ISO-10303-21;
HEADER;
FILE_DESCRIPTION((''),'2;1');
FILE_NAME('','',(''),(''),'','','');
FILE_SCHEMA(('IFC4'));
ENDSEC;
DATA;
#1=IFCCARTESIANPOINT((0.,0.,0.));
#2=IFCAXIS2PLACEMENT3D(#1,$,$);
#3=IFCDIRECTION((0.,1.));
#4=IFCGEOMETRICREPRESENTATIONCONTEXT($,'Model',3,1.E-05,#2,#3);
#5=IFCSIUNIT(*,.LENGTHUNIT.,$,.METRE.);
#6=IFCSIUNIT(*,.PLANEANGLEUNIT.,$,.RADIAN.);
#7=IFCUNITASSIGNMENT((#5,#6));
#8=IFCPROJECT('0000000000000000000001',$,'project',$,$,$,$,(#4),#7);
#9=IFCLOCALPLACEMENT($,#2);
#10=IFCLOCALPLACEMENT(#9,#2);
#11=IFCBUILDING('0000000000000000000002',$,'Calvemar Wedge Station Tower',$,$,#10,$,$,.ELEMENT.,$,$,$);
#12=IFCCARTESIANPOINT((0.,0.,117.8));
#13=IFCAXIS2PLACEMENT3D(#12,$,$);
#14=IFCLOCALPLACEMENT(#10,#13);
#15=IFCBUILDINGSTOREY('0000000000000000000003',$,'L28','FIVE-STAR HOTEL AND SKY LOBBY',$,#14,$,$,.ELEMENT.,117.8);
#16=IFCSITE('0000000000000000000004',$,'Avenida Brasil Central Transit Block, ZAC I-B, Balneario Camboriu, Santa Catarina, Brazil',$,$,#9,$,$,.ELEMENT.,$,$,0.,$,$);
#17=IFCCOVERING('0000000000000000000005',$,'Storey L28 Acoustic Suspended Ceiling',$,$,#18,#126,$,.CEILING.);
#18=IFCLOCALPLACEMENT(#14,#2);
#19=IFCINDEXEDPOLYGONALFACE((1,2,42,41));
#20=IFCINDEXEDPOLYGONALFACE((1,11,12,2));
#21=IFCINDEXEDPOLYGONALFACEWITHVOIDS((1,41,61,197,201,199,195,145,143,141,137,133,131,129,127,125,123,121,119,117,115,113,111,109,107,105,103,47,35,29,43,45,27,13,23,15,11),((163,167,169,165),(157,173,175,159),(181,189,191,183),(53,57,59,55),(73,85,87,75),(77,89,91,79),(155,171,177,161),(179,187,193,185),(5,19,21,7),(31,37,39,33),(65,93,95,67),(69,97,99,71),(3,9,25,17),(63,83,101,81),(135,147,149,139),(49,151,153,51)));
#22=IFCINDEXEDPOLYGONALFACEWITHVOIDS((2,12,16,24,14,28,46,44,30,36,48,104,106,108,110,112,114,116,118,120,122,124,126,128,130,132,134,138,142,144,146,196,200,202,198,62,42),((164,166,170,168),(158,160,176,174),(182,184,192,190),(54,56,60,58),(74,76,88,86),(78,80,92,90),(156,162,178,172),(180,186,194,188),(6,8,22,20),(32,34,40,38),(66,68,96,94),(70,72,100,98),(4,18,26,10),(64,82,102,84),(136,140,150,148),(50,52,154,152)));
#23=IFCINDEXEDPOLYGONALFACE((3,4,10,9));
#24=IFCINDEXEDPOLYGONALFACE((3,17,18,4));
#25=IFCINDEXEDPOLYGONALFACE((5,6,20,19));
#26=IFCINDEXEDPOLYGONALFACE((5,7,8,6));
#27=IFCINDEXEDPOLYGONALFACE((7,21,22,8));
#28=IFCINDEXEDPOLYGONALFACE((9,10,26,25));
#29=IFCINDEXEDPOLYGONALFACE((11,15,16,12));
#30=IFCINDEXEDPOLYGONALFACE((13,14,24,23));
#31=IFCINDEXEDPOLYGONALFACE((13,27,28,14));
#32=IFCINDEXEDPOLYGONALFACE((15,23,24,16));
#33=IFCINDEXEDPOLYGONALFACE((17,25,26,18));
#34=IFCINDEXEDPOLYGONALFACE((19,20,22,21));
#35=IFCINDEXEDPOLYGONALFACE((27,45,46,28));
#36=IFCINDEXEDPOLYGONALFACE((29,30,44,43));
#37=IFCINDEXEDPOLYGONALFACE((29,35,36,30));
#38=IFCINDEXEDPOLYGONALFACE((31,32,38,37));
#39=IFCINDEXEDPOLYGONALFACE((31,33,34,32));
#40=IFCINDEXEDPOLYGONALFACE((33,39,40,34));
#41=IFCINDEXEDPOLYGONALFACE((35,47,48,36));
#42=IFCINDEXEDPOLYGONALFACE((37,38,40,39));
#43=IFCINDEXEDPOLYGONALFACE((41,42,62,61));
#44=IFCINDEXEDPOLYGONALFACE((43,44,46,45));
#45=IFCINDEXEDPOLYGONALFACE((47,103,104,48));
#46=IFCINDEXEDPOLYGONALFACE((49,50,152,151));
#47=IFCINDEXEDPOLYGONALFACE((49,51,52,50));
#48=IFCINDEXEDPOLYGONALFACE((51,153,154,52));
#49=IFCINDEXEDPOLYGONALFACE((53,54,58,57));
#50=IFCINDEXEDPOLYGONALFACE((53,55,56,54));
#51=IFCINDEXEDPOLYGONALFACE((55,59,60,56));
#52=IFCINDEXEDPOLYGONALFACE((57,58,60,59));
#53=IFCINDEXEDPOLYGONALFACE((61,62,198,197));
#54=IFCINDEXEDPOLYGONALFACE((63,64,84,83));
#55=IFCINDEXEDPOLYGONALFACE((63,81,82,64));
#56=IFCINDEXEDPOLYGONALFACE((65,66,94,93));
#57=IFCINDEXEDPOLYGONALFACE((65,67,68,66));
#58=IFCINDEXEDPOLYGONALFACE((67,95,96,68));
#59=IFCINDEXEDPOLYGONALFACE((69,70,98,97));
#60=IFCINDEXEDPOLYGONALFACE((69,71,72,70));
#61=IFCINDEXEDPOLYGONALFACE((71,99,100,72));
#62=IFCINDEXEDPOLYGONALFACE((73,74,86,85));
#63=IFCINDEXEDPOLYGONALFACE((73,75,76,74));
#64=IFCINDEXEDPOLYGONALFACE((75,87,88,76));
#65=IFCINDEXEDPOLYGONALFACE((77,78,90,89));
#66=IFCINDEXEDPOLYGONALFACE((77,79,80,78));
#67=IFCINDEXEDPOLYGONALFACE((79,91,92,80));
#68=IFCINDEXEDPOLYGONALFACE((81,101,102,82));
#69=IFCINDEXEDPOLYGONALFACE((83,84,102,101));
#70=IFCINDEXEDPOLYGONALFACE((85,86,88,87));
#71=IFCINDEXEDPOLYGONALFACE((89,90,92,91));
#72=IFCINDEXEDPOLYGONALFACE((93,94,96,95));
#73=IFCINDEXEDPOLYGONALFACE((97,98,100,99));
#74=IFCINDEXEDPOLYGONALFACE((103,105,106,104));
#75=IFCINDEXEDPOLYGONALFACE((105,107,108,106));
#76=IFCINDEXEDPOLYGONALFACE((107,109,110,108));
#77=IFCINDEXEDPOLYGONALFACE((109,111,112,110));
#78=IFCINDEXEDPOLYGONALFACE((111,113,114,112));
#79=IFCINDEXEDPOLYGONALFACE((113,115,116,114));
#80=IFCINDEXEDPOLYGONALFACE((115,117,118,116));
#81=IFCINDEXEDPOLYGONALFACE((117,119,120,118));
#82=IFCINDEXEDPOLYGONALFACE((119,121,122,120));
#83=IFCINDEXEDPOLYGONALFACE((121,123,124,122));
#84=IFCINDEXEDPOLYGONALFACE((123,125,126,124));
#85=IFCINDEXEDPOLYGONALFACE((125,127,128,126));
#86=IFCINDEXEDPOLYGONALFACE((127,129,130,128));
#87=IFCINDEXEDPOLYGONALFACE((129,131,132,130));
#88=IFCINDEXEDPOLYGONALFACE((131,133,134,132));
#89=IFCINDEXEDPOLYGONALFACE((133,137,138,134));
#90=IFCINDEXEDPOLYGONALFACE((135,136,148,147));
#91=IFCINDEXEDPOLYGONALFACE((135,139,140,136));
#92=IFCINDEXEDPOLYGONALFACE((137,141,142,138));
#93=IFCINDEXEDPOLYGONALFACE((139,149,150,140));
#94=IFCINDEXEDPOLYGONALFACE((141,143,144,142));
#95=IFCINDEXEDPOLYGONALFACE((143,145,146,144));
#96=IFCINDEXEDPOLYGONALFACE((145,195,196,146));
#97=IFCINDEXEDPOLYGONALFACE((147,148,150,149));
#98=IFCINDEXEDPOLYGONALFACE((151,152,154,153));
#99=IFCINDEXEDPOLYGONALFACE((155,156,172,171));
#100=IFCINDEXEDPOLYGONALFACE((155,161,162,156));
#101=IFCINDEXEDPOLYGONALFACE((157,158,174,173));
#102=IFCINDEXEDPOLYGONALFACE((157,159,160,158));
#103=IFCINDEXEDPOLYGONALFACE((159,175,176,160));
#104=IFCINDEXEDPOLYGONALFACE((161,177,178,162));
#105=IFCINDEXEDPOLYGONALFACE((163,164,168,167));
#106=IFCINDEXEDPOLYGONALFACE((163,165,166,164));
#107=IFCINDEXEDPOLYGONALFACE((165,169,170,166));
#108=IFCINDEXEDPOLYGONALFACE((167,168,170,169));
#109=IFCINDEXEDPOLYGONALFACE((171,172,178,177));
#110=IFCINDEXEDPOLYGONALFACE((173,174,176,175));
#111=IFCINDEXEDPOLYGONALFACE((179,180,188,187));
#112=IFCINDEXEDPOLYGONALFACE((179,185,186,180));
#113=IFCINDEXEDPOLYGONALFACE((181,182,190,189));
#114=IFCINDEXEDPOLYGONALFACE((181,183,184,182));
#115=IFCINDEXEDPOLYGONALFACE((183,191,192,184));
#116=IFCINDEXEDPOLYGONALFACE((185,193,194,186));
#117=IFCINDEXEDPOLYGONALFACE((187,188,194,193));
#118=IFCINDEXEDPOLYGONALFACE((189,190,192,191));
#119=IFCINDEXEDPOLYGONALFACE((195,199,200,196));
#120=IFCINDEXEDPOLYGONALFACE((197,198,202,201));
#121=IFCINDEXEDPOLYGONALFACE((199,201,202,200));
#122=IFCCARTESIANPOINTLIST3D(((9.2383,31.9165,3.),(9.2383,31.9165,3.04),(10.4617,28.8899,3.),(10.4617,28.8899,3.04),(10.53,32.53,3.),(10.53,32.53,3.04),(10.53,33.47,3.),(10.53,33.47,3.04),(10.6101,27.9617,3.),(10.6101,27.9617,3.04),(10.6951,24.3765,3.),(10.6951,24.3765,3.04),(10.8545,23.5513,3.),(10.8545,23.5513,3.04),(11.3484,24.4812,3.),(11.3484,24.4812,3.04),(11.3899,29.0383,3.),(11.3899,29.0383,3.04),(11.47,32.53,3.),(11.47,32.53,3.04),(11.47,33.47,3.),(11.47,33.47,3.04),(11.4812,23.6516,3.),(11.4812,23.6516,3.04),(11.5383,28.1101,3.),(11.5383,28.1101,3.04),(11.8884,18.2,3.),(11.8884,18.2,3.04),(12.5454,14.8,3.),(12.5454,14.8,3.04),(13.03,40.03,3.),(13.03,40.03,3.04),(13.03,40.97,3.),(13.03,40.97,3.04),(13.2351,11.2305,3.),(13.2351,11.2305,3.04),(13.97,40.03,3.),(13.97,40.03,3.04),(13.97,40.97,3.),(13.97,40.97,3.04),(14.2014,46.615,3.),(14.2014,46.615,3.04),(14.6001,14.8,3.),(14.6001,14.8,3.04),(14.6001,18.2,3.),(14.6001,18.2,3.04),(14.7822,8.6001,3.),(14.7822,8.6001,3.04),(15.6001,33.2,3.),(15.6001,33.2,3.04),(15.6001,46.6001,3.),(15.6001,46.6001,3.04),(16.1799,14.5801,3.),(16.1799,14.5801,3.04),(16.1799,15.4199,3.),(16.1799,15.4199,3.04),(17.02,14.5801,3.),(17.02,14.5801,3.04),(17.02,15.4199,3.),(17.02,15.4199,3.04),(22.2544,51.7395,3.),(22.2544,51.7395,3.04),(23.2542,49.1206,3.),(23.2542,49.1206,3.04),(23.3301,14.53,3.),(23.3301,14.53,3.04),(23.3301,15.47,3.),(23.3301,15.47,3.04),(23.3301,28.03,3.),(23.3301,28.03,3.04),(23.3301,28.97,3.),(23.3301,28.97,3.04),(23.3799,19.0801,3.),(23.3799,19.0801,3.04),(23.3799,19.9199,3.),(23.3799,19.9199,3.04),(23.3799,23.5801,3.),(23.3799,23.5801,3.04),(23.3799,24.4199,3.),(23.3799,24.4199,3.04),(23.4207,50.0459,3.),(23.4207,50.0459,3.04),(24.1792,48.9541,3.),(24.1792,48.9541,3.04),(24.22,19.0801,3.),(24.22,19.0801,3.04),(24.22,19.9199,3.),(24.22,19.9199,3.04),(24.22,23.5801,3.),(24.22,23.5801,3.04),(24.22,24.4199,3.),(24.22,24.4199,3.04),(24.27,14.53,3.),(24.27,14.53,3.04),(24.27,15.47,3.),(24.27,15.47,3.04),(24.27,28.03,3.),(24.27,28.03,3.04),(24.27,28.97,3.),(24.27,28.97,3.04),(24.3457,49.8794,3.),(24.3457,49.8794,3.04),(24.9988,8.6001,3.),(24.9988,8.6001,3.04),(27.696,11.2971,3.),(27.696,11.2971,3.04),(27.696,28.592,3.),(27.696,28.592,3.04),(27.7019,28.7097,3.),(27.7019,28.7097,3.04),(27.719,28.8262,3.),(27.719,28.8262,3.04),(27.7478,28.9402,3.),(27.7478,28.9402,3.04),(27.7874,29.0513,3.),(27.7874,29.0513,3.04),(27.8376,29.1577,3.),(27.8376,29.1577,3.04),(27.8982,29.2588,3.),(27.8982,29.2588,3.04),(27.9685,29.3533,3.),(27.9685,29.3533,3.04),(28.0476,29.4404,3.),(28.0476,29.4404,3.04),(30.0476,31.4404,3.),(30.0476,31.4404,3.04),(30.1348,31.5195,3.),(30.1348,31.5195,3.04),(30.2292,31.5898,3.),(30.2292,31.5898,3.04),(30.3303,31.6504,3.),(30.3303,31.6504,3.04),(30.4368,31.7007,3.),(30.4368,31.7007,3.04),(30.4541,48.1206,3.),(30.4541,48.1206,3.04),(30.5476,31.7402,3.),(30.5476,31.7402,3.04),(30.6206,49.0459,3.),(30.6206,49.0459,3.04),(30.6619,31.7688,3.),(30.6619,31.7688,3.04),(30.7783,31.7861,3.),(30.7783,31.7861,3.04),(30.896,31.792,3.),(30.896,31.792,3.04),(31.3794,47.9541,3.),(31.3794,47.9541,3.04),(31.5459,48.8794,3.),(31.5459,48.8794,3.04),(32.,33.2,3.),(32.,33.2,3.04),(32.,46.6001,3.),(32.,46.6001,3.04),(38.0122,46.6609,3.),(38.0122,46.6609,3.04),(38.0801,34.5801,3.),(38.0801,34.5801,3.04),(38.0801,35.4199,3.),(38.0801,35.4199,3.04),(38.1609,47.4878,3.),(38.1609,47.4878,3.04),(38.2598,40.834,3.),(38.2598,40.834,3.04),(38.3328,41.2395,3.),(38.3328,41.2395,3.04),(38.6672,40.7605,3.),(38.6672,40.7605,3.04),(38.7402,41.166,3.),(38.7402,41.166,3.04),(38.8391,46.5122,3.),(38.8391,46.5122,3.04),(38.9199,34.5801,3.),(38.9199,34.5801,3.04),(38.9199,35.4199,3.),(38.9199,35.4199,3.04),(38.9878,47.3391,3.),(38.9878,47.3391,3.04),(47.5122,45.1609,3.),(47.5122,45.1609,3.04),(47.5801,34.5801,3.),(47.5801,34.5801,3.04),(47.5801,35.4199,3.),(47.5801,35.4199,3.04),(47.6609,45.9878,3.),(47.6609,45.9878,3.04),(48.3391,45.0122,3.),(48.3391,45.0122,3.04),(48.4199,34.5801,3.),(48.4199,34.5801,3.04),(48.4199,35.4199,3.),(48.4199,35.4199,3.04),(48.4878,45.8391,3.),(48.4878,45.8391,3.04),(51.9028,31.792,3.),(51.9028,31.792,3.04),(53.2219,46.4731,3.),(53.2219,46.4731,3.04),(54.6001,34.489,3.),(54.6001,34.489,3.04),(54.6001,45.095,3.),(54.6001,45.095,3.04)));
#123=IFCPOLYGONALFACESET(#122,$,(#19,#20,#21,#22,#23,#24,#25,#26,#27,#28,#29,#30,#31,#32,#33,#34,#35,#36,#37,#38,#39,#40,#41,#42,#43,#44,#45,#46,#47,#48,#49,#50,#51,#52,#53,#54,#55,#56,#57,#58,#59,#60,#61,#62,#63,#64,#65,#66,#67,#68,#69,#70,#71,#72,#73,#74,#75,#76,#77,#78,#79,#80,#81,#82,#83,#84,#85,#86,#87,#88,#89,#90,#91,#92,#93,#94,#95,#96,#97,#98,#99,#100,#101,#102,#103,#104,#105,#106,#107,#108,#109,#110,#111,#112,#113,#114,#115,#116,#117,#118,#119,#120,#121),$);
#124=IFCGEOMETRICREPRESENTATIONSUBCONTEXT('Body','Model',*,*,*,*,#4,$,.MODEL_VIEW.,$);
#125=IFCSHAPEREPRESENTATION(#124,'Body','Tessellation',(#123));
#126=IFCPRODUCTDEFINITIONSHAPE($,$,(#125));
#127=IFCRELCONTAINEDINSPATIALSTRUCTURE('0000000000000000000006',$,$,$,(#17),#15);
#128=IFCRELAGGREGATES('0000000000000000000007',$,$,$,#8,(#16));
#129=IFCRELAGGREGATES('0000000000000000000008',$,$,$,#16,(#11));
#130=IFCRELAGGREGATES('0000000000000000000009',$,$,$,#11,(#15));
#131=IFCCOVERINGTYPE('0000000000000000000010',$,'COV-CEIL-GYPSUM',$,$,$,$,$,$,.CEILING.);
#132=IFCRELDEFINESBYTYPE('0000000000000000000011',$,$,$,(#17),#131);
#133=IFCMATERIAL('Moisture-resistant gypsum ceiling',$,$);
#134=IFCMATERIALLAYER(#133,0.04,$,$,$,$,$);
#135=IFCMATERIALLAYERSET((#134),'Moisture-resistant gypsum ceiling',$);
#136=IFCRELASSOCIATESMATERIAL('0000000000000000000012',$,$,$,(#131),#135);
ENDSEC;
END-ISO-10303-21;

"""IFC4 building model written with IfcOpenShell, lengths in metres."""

from ifc_helpers import new_model, si_unit, direction, frame, origin, place, context, subcontext, project, spatial, polyline, outline, extrude, material, layer, layer_set, type_object, element, save


model = new_model("IFC4")

# Units and contexts
model_context = context("Model", 3, precision=1e-05, world=origin(), true_north=direction((0.0, 1.0)))
body_context = subcontext(model_context, "Body", "Model", "MODEL_VIEW")
ifc_project = project(units=[si_unit("LENGTHUNIT", "METRE"), si_unit("PLANEANGLEUNIT", "RADIAN")], contexts=[model_context])

# Site, building, storey
site_placement = place(None, origin())
site = spatial("IfcSite", under=ifc_project, at=site_placement, Name="Avenida Brasil Central Transit Block, ZAC I-B, Balneario Camboriu, Santa Catarina, Brazil", CompositionType="ELEMENT", RefElevation=0.0)
building_placement = place(site_placement, origin())
building = spatial("IfcBuilding", under=site, at=building_placement, Name="Calvemar Wedge Station Tower", CompositionType="ELEMENT")
storey_placement = place(building_placement, frame((0.0, 0.0, 117.8)))
storey = spatial("IfcBuildingStorey", under=building, at=storey_placement, Name="L28", Description="FIVE-STAR HOTEL AND SKY LOBBY", CompositionType="ELEMENT", Elevation=117.8)

# Covering
ifc_material_1 = material(Name="Moisture-resistant gypsum ceiling")
ifc_layer_1 = layer(ifc_material_1, 0.04)
ifc_layer_set_1 = layer_set([ifc_layer_1], Name="Moisture-resistant gypsum ceiling")
covering_type_1 = type_object("IfcCoveringType", Name="COV-CEIL-GYPSUM", PredefinedType="CEILING", material=ifc_layer_set_1)
covering_1_placement = place(storey_placement, frame((0.0, 0.0, 3.0)))
element("IfcCovering", 1, at=covering_1_placement, inside=storey, type_object=covering_type_1, Name="Storey L28 Acoustic Suspended Ceiling", PredefinedType="CEILING", context=body_context, shape_type="SweptSolid", body=[
    extrude(outline(polyline([(28.0476, 29.4404), (30.0476, 31.4404), (30.1348, 31.5195), (30.2292, 31.5898), (30.3303, 31.6504), (30.4368, 31.7007), (30.5476, 31.7402), (30.6619, 31.7688), (30.7783, 31.7861), (30.896, 31.792), (51.9028, 31.792), (54.6001, 34.489), (54.6001, 45.095), (53.2219, 46.4731), (22.2544, 51.7395), (14.2014, 46.615), (9.2383, 31.9165), (10.6951, 24.3765), (11.3484, 24.4812), (11.4812, 23.6516), (10.8545, 23.5513), (11.8884, 18.2), (14.6001, 18.2), (14.6001, 14.8), (12.5454, 14.8), (13.2351, 11.2305), (14.7822, 8.6001), (24.9988, 8.6001), (27.696, 11.2971), (27.696, 28.592), (27.7019, 28.7097), (27.719, 28.8262), (27.7478, 28.9402), (27.7874, 29.0513), (27.8376, 29.1577), (27.8982, 29.2588), (27.9685, 29.3533), (28.0476, 29.4404)]), holes=[polyline([(15.6001, 46.6001), (32.0, 46.6001), (32.0, 33.2), (15.6001, 33.2), (15.6001, 46.6001)]), polyline([(10.53, 32.53), (10.53, 33.47), (11.47, 33.47), (11.47, 32.53), (10.53, 32.53)]), polyline([(13.03, 40.97), (13.97, 40.97), (13.97, 40.03), (13.03, 40.03), (13.03, 40.97)]), polyline([(24.3457, 49.8794), (24.1792, 48.9541), (23.2542, 49.1206), (23.4207, 50.0459), (24.3457, 49.8794)]), polyline([(31.3794, 47.9541), (30.4541, 48.1206), (30.6206, 49.0459), (31.5459, 48.8794), (31.3794, 47.9541)]), polyline([(38.0122, 46.6609), (38.1609, 47.4878), (38.9878, 47.3391), (38.8391, 46.5122), (38.0122, 46.6609)]), polyline([(47.6609, 45.9878), (48.4878, 45.8391), (48.3391, 45.0122), (47.5122, 45.1609), (47.6609, 45.9878)]), polyline([(38.9199, 35.4199), (38.9199, 34.5801), (38.0801, 34.5801), (38.0801, 35.4199), (38.9199, 35.4199)]), polyline([(48.4199, 34.5801), (47.5801, 34.5801), (47.5801, 35.4199), (48.4199, 35.4199), (48.4199, 34.5801)]), polyline([(38.2598, 40.834), (38.3328, 41.2395), (38.7402, 41.166), (38.6672, 40.7605), (38.2598, 40.834)]), polyline([(11.3899, 29.0383), (11.5383, 28.1101), (10.6101, 27.9617), (10.4617, 28.8899), (11.3899, 29.0383)]), polyline([(24.27, 28.03), (23.3301, 28.03), (23.3301, 28.97), (24.27, 28.97), (24.27, 28.03)]), polyline([(23.3799, 23.5801), (23.3799, 24.4199), (24.22, 24.4199), (24.22, 23.5801), (23.3799, 23.5801)]), polyline([(23.3799, 19.9199), (24.22, 19.9199), (24.22, 19.0801), (23.3799, 19.0801), (23.3799, 19.9199)]), polyline([(24.27, 15.47), (24.27, 14.53), (23.3301, 14.53), (23.3301, 15.47), (24.27, 15.47)]), polyline([(17.02, 14.5801), (16.1799, 14.5801), (16.1799, 15.4199), (17.02, 15.4199), (17.02, 14.5801)])]), origin(), (0.0, 0.0, 1.0), 0.04),
])

save(model, "model.ifc")
